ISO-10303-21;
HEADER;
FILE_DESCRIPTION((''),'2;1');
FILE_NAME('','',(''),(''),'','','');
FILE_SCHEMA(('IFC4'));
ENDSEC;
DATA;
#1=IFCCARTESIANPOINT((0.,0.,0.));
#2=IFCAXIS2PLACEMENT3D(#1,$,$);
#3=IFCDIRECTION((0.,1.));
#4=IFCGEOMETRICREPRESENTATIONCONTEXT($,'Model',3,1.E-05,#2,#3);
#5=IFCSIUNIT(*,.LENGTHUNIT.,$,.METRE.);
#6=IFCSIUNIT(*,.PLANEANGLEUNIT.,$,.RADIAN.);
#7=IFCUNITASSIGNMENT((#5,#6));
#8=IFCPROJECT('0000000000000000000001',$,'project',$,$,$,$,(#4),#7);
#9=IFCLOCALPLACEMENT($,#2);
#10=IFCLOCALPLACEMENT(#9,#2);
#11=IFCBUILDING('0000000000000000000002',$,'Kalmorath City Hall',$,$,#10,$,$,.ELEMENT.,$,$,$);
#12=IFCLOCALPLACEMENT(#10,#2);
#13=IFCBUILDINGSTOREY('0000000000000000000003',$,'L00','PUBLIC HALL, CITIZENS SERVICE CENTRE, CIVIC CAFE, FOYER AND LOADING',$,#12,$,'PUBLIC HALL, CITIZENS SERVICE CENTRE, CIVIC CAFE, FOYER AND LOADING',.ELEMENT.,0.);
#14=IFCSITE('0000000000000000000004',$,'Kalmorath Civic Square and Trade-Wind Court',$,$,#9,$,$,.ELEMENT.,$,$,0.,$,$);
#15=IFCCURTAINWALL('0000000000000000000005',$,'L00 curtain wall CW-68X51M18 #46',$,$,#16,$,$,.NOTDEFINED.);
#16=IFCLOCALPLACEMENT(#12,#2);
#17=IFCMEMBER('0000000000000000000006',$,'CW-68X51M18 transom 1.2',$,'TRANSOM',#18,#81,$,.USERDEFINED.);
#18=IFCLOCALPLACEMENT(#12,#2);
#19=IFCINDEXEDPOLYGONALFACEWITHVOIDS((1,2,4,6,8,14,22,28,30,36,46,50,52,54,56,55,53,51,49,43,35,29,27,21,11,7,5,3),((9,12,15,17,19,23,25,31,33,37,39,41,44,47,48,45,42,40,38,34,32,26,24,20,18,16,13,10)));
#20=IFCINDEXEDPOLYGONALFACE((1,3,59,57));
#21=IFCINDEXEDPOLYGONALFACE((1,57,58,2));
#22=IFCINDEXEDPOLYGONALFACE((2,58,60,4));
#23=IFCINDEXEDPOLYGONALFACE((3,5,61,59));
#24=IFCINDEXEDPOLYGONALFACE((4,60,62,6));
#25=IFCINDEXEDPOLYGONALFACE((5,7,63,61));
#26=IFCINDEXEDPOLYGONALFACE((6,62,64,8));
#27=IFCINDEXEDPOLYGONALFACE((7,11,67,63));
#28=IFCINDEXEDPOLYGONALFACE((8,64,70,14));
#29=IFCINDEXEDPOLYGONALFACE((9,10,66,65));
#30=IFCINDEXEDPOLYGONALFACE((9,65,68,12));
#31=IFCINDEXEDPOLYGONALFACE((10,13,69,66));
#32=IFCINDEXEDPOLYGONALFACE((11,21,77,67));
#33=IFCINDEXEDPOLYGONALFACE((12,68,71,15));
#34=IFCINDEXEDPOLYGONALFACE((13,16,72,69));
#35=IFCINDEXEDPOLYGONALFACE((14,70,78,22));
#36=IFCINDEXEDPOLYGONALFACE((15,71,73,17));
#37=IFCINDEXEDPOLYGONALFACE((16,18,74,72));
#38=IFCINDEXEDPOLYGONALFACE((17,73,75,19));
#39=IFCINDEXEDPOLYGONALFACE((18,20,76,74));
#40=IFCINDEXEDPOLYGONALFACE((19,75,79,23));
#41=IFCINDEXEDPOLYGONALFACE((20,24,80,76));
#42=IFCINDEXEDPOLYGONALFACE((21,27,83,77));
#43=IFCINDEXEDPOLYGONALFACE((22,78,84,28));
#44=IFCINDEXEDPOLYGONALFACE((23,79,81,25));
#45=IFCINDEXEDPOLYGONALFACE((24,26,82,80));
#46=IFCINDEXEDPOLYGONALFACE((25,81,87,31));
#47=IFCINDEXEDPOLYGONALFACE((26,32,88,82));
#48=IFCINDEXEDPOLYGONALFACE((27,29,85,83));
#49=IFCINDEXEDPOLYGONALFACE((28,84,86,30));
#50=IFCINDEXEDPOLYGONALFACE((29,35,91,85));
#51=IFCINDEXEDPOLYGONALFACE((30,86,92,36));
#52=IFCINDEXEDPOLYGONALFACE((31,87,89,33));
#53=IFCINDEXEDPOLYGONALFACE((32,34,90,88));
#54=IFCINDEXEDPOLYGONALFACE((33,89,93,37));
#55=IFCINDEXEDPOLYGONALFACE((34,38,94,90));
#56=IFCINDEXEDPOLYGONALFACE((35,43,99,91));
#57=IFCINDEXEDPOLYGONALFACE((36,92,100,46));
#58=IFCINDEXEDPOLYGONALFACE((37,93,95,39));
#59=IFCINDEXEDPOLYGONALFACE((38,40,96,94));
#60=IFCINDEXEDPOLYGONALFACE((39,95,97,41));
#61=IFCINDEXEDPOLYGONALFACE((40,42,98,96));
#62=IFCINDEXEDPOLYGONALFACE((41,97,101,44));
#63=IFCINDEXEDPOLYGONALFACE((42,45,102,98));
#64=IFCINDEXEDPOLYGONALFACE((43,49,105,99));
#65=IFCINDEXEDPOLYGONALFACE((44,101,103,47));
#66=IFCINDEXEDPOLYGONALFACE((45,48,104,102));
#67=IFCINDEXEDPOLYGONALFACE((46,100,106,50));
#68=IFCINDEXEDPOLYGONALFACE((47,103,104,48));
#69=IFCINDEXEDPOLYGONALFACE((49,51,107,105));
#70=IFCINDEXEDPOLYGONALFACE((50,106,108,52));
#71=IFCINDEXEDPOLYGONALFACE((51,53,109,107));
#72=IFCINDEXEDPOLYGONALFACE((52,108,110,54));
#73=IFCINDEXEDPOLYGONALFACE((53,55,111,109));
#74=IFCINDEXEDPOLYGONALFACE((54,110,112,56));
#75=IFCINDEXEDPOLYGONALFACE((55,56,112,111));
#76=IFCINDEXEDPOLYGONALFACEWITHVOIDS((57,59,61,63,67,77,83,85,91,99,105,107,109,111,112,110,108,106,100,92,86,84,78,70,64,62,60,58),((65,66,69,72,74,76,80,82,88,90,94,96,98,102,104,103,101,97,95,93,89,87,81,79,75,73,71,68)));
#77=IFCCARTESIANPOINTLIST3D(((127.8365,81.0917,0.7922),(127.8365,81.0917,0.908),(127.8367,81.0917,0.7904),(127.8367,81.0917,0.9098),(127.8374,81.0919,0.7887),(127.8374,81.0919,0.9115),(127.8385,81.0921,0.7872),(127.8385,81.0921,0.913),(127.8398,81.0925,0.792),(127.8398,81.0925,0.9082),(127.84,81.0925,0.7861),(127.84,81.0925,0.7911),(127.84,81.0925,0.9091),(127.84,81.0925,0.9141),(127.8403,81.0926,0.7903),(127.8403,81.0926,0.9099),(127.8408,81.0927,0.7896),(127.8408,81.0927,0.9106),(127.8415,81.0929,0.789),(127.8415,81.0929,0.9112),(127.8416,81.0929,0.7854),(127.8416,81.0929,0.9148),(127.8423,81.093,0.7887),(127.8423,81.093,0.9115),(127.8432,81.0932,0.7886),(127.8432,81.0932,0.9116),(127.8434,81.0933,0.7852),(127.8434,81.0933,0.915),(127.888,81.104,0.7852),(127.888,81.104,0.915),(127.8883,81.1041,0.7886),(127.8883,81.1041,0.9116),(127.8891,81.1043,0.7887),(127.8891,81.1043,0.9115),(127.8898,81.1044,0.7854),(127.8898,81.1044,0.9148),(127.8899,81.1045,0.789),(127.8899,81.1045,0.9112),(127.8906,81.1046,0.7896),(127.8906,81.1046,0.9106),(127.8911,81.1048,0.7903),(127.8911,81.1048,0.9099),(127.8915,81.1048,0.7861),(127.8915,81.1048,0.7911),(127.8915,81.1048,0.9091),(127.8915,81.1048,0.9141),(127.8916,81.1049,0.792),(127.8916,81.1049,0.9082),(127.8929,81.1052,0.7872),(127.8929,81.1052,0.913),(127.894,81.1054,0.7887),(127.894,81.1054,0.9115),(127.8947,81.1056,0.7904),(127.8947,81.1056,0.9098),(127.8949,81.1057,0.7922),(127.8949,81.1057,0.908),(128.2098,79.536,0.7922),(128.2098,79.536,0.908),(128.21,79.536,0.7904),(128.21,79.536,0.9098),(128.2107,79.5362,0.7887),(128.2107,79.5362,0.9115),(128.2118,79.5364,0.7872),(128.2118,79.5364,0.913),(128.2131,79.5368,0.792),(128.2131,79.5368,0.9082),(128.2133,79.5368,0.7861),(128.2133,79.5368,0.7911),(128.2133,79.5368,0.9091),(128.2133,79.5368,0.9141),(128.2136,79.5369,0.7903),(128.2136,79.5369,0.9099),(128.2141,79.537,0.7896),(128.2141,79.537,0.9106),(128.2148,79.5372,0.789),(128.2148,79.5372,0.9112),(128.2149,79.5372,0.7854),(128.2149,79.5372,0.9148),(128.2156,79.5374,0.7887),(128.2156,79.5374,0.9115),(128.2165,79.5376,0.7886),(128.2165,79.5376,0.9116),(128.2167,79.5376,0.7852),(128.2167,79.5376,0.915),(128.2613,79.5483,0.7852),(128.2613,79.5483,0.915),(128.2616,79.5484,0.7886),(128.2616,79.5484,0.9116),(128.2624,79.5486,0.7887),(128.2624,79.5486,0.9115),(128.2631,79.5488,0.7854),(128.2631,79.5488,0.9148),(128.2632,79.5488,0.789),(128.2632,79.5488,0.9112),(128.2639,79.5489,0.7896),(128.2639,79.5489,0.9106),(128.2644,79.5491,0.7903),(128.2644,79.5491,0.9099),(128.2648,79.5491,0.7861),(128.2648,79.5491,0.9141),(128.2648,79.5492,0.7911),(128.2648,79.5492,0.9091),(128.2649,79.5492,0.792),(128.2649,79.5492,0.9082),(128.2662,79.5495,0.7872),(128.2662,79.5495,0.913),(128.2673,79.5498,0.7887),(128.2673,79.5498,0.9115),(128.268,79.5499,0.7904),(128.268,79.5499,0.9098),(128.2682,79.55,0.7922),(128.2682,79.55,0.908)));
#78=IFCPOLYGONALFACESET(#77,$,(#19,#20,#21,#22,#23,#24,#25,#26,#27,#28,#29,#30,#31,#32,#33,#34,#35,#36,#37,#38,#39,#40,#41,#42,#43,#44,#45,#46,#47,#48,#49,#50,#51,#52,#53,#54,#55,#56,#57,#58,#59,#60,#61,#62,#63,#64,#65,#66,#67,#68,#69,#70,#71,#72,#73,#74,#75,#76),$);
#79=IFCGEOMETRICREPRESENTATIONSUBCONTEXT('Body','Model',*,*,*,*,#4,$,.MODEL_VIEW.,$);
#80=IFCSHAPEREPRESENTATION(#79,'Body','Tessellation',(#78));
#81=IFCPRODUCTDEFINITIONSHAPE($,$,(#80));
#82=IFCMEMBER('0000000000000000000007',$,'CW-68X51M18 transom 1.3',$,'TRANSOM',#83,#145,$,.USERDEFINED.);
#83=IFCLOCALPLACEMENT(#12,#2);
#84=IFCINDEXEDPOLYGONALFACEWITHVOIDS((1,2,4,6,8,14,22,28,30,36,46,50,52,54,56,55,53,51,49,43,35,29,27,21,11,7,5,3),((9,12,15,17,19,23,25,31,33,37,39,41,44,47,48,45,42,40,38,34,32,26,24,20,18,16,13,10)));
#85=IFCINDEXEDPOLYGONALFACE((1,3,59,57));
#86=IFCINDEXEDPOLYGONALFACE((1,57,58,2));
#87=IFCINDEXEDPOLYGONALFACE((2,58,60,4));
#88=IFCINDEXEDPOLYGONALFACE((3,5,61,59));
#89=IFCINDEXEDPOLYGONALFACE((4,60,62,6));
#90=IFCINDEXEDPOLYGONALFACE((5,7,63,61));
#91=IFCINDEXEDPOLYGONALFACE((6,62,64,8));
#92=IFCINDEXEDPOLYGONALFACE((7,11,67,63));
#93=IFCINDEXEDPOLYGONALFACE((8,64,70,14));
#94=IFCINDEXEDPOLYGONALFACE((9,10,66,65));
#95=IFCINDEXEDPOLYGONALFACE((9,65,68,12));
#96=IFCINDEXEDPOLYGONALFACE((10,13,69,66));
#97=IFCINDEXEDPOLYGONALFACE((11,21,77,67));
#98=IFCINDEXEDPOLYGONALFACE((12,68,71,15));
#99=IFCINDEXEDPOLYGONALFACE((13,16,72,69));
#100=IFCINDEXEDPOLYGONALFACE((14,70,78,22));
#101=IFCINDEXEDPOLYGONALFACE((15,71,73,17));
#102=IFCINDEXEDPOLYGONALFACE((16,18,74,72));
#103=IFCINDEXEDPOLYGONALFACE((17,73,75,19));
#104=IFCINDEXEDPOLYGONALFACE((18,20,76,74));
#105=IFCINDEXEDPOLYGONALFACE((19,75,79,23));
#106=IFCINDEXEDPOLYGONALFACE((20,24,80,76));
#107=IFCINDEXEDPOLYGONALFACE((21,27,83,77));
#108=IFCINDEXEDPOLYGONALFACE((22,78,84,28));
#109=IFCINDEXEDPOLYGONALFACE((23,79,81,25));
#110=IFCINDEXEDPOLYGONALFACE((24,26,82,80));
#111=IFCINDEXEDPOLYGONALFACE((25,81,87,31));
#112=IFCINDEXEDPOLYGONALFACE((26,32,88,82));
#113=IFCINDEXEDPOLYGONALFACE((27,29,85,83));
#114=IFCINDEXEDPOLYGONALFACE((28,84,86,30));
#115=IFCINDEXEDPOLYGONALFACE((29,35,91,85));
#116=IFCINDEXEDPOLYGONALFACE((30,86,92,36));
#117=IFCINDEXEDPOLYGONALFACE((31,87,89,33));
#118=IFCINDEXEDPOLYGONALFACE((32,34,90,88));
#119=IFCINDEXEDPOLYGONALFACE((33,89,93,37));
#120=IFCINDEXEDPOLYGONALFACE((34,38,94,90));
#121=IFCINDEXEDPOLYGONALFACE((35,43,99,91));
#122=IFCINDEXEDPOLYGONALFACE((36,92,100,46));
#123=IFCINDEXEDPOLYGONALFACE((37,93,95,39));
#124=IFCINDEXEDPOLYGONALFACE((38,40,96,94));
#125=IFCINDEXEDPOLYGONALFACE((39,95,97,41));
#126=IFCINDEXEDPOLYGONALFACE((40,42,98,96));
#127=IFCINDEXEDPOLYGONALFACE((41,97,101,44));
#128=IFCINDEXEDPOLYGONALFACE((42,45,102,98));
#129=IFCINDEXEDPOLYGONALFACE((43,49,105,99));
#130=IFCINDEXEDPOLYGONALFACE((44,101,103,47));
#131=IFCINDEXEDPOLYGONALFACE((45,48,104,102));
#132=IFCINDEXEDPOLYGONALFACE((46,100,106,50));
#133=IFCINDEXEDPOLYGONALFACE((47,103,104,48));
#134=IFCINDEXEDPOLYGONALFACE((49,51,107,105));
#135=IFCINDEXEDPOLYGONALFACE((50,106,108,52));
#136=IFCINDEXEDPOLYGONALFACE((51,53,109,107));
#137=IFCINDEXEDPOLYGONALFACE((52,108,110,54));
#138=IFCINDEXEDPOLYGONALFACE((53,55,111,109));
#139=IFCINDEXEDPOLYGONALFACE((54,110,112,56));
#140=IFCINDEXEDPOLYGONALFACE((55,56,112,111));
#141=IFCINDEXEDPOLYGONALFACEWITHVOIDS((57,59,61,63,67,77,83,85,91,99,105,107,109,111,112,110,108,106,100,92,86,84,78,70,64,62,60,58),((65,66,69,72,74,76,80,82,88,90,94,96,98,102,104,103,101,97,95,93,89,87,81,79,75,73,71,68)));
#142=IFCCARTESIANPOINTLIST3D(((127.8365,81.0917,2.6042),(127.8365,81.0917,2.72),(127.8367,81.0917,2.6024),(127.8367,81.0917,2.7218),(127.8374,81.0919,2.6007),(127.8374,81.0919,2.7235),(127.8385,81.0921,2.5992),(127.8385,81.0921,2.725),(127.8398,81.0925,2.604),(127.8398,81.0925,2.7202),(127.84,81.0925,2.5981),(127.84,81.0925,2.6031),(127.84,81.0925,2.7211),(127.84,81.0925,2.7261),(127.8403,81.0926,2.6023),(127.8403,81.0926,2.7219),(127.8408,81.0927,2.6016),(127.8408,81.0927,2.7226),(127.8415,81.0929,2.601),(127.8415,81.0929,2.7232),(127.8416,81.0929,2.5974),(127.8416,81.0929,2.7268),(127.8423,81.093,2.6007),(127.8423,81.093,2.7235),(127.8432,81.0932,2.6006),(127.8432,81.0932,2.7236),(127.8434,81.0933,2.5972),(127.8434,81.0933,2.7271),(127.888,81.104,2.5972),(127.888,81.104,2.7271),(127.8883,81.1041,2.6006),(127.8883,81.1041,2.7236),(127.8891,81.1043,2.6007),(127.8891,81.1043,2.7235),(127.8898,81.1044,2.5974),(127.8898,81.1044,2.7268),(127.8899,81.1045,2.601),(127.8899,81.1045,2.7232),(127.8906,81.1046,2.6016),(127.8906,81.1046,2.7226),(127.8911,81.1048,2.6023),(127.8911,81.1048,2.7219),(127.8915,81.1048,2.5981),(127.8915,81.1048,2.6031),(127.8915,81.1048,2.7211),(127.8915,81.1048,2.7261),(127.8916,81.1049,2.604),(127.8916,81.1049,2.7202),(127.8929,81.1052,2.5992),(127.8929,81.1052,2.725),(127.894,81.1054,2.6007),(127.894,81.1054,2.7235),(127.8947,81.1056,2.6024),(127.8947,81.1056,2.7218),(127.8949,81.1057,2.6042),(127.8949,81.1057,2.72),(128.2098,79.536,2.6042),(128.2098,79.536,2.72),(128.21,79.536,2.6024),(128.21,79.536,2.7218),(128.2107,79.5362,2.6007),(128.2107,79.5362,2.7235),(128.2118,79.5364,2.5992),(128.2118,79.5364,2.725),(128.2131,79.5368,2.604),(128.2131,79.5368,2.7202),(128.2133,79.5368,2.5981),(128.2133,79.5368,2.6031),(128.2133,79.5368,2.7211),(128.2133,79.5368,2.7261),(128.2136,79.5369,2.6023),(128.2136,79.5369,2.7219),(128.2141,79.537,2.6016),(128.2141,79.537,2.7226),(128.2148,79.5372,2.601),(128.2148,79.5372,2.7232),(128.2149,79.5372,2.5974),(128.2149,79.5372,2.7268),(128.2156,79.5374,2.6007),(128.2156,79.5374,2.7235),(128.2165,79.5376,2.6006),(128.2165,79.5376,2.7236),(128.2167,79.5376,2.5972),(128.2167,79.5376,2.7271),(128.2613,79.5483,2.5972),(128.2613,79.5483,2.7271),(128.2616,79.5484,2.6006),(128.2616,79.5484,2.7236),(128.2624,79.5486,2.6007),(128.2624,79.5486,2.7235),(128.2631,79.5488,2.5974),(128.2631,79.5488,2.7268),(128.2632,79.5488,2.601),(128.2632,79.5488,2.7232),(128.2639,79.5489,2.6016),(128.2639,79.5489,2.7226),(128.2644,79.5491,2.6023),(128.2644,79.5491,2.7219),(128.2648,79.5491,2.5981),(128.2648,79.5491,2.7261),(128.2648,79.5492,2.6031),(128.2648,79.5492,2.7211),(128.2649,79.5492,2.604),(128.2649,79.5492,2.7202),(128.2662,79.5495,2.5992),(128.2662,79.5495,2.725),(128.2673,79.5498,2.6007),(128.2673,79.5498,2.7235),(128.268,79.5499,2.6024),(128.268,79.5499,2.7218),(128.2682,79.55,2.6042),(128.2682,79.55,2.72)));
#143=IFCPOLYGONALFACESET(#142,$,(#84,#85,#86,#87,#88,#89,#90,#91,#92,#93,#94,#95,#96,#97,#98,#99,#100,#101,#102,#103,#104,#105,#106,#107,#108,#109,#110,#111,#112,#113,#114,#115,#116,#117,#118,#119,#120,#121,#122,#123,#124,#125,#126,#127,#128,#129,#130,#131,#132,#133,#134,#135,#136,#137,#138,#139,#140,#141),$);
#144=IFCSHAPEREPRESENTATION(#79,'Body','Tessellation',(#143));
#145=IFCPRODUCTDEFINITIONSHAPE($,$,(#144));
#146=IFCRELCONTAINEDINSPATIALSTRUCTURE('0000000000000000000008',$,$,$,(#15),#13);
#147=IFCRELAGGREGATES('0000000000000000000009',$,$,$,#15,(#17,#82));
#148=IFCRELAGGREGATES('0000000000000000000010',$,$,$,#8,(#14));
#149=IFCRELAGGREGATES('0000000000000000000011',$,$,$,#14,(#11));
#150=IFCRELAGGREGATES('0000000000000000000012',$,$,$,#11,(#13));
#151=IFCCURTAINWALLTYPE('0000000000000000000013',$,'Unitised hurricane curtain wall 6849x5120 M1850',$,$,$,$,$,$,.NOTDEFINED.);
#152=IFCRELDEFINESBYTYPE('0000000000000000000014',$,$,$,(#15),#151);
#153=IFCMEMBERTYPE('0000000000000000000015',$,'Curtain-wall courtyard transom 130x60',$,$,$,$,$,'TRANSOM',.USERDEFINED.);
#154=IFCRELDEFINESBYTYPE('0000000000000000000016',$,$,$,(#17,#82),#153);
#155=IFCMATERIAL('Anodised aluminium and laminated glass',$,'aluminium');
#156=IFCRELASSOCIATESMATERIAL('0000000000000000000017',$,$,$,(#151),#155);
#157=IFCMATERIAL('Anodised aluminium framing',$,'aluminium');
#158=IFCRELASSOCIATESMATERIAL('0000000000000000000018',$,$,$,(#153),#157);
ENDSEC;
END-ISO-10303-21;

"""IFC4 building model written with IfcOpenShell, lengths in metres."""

from ifc_helpers import new_model, si_unit, direction, frame, origin, origin_2d, place, context, subcontext, project, spatial, hollow_rectangle, extrude, material, material_profile, profile_set, type_object, element, aggregate, save


model = new_model("IFC4")

# Units and contexts
model_context = context("Model", 3, precision=1e-05, world=origin(), true_north=direction((0.0, 1.0)))
body_context = subcontext(model_context, "Body", "Model", "MODEL_VIEW")
ifc_project = project(units=[si_unit("LENGTHUNIT", "METRE"), si_unit("PLANEANGLEUNIT", "RADIAN")], contexts=[model_context])

# Site, building, storey
site_placement = place(None, origin())
site = spatial("IfcSite", under=ifc_project, at=site_placement, Name="Kalmorath Civic Square and Trade-Wind Court", CompositionType="ELEMENT", RefElevation=0.0)
building_placement = place(site_placement, origin())
building = spatial("IfcBuilding", under=site, at=building_placement, Name="Kalmorath City Hall", CompositionType="ELEMENT")
storey_placement = place(building_placement, origin())
storey = spatial("IfcBuildingStorey", under=building, at=storey_placement, Name="L00", Description="PUBLIC HALL, CITIZENS SERVICE CENTRE, CIVIC CAFE, FOYER AND LOADING", LongName="PUBLIC HALL, CITIZENS SERVICE CENTRE, CIVIC CAFE, FOYER AND LOADING", CompositionType="ELEMENT", Elevation=0.0)

# Curtain wall, members
ifc_material_1 = material(Name="Anodised aluminium and laminated glass", Category="aluminium")
curtain_wall_type = type_object("IfcCurtainWallType", Name="Unitised hurricane curtain wall 6849x5120 M1850", PredefinedType="NOTDEFINED", material=ifc_material_1)
ifc_material_2 = material(Name="Anodised aluminium framing", Category="aluminium")
ifc_material_profile_1 = material_profile(ifc_material_2, hollow_rectangle(XDim=0.0601, YDim=0.1299, WallThickness=0.0034, InnerFilletRadius=0.0034, OuterFilletRadius=0.0071, at=origin_2d()), Name="ALU-TRN-130X60X3.5")
ifc_profile_set_1 = profile_set([ifc_material_profile_1], Name="Anodised aluminium framing")
member_type_1 = type_object("IfcMemberType", Name="Curtain-wall courtyard transom 130x60", ElementType="TRANSOM", PredefinedType="USERDEFINED", material=ifc_profile_set_1)
curtain_wall_1_placement = place(storey_placement, origin())
curtain_wall_1 = element("IfcCurtainWall", 1, at=curtain_wall_1_placement, inside=storey, type_object=curtain_wall_type, Name="L00 curtain wall CW-68X51M18 #46", PredefinedType="NOTDEFINED")
member_1_placement = place(storey_placement, frame((128.239, 79.543, 0.8501), z_axis=(-0.233333, 0.972397, 0.0), x_axis=(-0.972397, -0.233333, 0.0)))
member_1 = element("IfcMember", 2, at=member_1_placement, type_object=member_type_1, Name="CW-68X51M18 transom 1.2", ObjectType="TRANSOM", PredefinedType="USERDEFINED", context=body_context, shape_type="SweptSolid", body=[
    extrude(hollow_rectangle(XDim=0.0601, YDim=0.1299, WallThickness=0.0034, InnerFilletRadius=0.0034, OuterFilletRadius=0.0071, at=origin_2d()), origin(), (0.0, 0.0, 1.0), 1.5999),
])
member_2_placement = place(storey_placement, frame((128.239, 79.543, 2.6621), z_axis=(-0.233333, 0.972397, 0.0), x_axis=(-0.972397, -0.233333, 0.0)))
member_2 = element("IfcMember", 3, at=member_2_placement, type_object=member_type_1, Name="CW-68X51M18 transom 1.3", ObjectType="TRANSOM", PredefinedType="USERDEFINED", context=body_context, shape_type="SweptSolid", body=[
    extrude(hollow_rectangle(XDim=0.0601, YDim=0.1299, WallThickness=0.0034, InnerFilletRadius=0.0034, OuterFilletRadius=0.0071, at=origin_2d()), origin(), (0.0, 0.0, 1.0), 1.5999),
])

aggregate(curtain_wall_1, [member_1, member_2])

save(model, "model.ifc")
